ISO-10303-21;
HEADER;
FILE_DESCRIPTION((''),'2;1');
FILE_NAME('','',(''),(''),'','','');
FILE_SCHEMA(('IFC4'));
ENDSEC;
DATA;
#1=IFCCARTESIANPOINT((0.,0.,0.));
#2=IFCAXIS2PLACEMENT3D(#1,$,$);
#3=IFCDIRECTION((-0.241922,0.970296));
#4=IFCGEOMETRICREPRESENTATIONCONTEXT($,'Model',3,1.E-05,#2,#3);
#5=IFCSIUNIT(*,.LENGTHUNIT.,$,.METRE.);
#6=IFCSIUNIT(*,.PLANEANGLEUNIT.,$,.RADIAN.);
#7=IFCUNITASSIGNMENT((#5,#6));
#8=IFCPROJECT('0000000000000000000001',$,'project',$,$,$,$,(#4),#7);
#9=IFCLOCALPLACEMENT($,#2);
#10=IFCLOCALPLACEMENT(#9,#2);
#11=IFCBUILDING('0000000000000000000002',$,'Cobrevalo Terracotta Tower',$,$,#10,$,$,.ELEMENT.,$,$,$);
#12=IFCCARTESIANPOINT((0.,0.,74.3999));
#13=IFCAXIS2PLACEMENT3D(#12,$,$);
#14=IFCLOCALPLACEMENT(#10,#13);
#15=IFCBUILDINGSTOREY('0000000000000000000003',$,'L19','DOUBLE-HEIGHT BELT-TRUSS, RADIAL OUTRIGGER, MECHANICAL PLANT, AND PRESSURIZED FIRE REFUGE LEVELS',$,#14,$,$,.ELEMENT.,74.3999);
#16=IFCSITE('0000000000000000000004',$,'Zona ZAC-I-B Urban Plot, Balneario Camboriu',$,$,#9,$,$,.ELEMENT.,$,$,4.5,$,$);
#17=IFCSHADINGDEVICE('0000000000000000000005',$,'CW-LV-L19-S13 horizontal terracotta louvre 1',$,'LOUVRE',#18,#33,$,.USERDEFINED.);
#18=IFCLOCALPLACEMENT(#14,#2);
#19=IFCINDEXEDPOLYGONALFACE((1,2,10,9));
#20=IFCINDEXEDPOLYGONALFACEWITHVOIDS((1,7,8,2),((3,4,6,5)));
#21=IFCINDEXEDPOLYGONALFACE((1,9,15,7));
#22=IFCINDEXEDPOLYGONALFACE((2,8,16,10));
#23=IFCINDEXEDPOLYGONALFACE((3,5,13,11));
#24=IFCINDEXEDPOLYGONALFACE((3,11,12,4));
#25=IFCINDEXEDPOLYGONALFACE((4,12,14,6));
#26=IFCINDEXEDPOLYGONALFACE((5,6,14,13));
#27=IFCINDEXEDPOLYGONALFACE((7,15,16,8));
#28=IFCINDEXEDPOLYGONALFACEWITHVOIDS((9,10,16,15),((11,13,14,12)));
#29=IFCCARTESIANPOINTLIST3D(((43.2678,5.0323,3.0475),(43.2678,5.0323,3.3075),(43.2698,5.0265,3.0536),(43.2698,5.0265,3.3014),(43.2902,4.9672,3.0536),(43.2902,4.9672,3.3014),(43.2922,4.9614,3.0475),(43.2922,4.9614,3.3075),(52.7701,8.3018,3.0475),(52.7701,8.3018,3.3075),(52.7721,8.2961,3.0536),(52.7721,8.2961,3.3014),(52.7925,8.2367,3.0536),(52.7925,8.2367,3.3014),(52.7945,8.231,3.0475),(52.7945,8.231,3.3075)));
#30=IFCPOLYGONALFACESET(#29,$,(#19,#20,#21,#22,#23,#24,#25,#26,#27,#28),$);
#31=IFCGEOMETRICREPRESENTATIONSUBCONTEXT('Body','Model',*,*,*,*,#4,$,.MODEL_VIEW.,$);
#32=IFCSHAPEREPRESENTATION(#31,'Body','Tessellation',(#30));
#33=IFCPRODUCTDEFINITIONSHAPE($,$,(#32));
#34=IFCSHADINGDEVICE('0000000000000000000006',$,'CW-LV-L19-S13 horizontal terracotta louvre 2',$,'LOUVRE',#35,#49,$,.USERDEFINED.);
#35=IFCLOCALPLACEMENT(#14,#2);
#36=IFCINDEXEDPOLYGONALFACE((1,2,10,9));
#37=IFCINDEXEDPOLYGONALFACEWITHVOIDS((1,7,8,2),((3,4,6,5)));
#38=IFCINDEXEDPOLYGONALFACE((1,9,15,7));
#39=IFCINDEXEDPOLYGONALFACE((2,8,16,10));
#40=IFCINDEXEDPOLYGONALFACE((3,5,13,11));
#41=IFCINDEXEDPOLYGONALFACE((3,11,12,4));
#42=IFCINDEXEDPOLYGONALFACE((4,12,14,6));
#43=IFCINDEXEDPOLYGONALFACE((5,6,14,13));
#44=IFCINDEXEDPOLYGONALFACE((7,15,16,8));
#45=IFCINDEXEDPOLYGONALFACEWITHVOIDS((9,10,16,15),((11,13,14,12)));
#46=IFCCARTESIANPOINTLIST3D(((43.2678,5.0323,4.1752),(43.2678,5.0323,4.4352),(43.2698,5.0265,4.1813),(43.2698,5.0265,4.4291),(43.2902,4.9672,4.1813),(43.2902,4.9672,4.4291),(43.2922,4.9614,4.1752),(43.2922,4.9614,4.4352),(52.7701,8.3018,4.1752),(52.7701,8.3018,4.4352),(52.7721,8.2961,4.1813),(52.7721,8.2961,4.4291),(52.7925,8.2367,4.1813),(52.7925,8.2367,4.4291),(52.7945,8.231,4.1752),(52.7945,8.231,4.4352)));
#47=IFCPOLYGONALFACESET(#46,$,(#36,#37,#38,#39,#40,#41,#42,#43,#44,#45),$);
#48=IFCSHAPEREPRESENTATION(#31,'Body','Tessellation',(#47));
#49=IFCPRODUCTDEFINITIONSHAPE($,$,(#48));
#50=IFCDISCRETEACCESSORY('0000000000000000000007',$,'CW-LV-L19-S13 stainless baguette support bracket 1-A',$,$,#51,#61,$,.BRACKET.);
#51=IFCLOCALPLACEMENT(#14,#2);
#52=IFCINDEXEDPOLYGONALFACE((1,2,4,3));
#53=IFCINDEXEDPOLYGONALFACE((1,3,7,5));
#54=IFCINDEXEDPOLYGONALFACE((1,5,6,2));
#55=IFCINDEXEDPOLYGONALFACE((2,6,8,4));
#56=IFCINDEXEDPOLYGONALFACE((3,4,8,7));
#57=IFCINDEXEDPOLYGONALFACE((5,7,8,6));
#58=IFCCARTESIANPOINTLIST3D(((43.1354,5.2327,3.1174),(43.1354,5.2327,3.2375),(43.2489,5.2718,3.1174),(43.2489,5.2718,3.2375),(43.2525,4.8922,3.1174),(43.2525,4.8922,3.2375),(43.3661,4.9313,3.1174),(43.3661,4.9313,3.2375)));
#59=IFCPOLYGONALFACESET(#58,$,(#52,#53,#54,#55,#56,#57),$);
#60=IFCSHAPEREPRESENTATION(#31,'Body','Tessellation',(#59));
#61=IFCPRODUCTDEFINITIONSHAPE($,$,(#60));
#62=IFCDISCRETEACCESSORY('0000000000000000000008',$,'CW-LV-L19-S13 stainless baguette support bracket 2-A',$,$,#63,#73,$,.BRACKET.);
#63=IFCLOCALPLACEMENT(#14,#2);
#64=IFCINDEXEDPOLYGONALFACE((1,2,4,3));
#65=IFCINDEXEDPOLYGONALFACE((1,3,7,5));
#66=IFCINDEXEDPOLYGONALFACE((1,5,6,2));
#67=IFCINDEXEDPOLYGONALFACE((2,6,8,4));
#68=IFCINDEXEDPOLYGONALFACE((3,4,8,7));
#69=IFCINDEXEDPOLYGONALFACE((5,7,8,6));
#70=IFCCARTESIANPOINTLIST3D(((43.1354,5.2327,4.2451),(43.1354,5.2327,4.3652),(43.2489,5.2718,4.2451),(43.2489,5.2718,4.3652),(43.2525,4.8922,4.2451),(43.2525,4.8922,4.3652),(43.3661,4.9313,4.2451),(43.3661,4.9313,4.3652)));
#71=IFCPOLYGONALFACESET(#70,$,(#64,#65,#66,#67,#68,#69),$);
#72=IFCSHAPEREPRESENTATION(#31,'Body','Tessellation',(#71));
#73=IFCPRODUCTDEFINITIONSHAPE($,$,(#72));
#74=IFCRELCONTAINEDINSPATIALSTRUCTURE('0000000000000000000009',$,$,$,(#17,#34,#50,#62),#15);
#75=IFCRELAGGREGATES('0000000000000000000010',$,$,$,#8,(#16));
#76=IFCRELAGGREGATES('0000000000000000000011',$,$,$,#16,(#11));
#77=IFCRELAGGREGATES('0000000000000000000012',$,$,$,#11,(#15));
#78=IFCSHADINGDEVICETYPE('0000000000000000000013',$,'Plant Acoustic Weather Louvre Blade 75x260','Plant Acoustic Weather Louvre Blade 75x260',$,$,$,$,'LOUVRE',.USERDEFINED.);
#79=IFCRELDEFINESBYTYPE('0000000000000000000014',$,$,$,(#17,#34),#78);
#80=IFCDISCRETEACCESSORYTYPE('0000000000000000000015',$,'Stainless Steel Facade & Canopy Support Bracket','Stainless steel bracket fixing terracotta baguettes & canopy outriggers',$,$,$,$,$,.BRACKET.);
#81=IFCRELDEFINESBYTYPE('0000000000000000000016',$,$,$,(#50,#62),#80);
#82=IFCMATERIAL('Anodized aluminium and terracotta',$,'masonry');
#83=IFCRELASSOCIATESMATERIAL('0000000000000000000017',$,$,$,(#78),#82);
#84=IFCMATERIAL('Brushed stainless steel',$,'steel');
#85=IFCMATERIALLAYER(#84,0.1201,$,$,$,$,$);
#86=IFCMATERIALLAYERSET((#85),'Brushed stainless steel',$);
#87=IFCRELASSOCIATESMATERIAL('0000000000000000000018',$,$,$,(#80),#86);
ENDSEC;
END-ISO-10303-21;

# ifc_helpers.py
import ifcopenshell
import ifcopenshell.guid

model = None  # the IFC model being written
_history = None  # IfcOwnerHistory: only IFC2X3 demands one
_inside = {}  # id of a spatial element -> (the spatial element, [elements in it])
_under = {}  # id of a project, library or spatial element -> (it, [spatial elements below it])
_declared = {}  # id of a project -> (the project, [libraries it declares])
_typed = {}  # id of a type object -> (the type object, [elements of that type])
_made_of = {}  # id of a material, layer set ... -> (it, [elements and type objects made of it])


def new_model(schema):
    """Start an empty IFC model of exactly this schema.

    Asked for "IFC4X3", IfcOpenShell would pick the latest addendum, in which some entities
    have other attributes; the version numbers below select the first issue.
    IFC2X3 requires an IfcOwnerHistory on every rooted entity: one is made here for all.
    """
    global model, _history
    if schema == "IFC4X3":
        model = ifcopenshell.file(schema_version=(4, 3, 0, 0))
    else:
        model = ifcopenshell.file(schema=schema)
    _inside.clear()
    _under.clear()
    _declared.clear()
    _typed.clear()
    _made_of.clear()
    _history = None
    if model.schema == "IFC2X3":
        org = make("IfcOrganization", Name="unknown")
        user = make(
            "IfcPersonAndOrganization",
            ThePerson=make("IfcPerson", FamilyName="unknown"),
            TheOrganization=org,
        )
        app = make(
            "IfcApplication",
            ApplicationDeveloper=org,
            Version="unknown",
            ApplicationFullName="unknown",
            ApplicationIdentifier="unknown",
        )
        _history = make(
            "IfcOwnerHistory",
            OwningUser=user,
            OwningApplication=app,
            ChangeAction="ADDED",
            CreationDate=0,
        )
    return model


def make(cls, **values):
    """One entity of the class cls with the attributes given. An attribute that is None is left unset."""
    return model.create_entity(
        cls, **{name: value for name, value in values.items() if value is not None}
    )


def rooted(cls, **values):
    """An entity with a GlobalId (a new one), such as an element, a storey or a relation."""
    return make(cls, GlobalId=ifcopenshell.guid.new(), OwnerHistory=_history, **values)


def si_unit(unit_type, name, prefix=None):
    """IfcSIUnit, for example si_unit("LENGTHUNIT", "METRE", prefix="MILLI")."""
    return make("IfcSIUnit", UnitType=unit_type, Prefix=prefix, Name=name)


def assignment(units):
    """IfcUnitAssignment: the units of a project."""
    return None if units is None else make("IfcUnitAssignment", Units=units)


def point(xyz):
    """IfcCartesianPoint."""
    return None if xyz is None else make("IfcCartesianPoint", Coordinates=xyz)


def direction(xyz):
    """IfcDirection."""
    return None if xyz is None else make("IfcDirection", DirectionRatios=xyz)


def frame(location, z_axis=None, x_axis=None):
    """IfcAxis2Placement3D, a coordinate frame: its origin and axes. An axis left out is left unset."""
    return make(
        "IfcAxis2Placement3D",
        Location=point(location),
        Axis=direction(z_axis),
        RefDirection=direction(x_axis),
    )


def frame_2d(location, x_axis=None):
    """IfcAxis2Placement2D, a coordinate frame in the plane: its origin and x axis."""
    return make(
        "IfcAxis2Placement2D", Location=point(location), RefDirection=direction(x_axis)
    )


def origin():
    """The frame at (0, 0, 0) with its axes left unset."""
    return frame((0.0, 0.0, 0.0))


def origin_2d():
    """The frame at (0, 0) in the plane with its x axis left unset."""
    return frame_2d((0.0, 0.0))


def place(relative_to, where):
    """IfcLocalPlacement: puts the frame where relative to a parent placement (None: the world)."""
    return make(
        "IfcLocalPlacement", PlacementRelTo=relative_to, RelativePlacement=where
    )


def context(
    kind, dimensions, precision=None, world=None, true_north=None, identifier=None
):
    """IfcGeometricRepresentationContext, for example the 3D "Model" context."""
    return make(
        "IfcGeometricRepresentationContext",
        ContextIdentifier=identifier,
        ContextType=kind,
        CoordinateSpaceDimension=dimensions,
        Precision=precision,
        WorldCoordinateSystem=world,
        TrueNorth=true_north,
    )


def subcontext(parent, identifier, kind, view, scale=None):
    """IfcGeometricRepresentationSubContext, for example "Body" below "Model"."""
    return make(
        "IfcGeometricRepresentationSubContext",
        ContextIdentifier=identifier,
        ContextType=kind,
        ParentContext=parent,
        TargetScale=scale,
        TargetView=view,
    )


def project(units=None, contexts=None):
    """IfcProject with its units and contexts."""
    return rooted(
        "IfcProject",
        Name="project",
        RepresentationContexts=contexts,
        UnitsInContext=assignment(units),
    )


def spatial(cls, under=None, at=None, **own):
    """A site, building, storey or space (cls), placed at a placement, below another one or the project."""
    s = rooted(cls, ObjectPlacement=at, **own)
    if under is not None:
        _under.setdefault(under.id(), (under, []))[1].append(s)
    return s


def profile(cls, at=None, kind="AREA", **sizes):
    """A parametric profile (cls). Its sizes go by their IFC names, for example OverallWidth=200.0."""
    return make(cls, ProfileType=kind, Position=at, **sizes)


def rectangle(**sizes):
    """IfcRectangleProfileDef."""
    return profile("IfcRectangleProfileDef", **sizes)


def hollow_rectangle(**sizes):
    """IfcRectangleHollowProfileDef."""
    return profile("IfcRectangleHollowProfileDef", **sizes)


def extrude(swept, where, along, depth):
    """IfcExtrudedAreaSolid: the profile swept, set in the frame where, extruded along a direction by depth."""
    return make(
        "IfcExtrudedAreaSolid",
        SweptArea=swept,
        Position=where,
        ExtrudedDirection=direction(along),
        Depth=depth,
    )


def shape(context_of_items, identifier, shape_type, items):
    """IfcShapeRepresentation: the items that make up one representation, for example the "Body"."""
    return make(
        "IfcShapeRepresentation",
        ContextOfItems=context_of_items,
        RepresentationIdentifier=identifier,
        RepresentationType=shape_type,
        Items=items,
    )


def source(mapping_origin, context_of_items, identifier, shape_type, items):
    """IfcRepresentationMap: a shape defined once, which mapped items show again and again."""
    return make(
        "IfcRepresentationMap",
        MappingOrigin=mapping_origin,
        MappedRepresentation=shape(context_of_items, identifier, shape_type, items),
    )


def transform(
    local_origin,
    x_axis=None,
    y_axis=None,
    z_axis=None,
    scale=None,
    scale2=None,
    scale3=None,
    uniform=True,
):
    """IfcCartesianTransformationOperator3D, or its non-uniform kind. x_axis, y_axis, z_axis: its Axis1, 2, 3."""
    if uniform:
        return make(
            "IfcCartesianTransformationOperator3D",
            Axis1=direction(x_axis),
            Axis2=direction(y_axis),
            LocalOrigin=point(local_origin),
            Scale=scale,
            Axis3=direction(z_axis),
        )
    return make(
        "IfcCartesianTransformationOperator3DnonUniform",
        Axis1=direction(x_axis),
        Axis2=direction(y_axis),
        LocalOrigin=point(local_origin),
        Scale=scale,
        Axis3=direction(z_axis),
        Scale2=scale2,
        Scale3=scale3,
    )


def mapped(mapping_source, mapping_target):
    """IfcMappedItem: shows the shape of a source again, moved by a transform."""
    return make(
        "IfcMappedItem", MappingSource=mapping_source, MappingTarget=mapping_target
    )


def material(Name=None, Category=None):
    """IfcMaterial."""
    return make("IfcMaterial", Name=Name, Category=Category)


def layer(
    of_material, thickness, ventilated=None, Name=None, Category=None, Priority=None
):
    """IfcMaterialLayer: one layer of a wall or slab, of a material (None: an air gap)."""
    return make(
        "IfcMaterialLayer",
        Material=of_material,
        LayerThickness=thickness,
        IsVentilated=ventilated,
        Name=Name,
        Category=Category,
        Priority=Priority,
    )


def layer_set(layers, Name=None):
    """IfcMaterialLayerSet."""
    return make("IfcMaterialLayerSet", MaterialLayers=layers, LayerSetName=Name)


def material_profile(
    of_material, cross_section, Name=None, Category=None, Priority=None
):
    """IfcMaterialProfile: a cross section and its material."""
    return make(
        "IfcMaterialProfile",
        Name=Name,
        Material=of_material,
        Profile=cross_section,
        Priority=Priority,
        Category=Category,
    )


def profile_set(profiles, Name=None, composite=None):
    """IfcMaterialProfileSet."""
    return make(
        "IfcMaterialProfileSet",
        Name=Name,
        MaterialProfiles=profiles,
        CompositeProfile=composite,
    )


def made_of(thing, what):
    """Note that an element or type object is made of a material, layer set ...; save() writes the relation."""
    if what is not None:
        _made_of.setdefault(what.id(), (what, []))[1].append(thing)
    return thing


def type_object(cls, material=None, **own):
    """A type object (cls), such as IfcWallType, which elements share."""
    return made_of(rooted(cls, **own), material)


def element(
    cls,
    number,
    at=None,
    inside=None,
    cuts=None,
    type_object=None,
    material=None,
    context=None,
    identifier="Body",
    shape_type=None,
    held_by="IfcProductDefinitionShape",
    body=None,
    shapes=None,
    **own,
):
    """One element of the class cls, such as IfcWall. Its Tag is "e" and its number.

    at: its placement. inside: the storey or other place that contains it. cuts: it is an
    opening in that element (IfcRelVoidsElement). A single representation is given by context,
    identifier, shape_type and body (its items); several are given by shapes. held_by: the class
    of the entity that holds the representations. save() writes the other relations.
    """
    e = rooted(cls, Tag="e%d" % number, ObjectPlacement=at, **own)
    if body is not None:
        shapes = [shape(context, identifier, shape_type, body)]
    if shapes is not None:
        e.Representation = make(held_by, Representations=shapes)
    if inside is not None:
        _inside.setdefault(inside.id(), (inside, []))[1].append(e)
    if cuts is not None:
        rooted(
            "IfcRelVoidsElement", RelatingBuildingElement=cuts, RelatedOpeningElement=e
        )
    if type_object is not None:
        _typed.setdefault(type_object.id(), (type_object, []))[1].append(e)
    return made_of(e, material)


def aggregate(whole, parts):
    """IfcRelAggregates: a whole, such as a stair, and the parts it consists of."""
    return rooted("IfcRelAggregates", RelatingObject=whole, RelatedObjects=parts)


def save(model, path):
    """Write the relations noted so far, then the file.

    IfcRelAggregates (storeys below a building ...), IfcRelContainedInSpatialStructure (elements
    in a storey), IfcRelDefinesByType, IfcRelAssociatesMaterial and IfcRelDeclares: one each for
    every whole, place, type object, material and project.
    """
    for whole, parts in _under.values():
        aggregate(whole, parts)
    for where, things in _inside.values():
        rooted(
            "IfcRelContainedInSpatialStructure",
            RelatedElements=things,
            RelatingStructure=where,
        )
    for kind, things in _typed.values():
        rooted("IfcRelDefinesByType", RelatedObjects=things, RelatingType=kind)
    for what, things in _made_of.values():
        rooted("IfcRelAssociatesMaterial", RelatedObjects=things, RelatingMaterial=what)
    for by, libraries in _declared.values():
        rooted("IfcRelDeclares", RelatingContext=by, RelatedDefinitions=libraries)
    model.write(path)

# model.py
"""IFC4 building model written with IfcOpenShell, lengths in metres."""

from ifc_helpers import new_model, si_unit, direction, frame, origin, origin_2d, place, context, subcontext, project, spatial, rectangle, hollow_rectangle, extrude, source, transform, mapped, material, layer, layer_set, material_profile, profile_set, type_object, element, save


model = new_model("IFC4")

# Units and contexts
model_context = context("Model", 3, precision=1e-05, world=origin(), true_north=direction((-0.241922, 0.970296)))
body_context = subcontext(model_context, "Body", "Model", "MODEL_VIEW")
ifc_project = project(units=[si_unit("LENGTHUNIT", "METRE"), si_unit("PLANEANGLEUNIT", "RADIAN")], contexts=[model_context])

# Site, building, storey
site_placement = place(None, origin())
site = spatial("IfcSite", under=ifc_project, at=site_placement, Name="Zona ZAC-I-B Urban Plot, Balneario Camboriu", CompositionType="ELEMENT", RefElevation=4.5)
building_placement = place(site_placement, origin())
building = spatial("IfcBuilding", under=site, at=building_placement, Name="Cobrevalo Terracotta Tower", CompositionType="ELEMENT")
storey_placement = place(building_placement, frame((0.0, 0.0, 74.3999)))
storey = spatial("IfcBuildingStorey", under=building, at=storey_placement, Name="L19", Description="DOUBLE-HEIGHT BELT-TRUSS, RADIAL OUTRIGGER, MECHANICAL PLANT, AND PRESSURIZED FIRE REFUGE LEVELS", CompositionType="ELEMENT", Elevation=74.3999)

# Shading devices
ifc_material_1 = material(Name="Anodized aluminium and terracotta", Category="masonry")
ifc_material_profile_1 = material_profile(ifc_material_1, hollow_rectangle(XDim=0.075, YDim=0.26, WallThickness=0.0061, at=origin_2d()), Name="LOUVRE BLADE 75x260")
ifc_profile_set_1 = profile_set([ifc_material_profile_1], Name="Anodized aluminium and terracotta")
shading_device_type = type_object("IfcShadingDeviceType", Name="Plant Acoustic Weather Louvre Blade 75x260", Description="Plant Acoustic Weather Louvre Blade 75x260", ElementType="LOUVRE", PredefinedType="USERDEFINED", material=ifc_profile_set_1)
shared_shape_1 = source(origin(), body_context, "Body", "SweptSolid", [
    extrude(hollow_rectangle(XDim=0.075, YDim=0.26, WallThickness=0.0061, at=origin_2d()), origin(), (0.0, 0.0, 1.0), 10.0491),
])
for number, where, z_axis, x_axis, name in (
    (1, (43.28, 4.9968, 3.1775), (0.94559, 0.32536, 0.0), (-0.32536, 0.94559, 0.0), "CW-LV-L19-S13 horizontal terracotta louvre 1"),
    (2, (43.28, 4.9968, 4.3052), (0.94559, 0.32536, 0.0), (-0.32536, 0.94559, 0.0), "CW-LV-L19-S13 horizontal terracotta louvre 2"),
):
    element("IfcShadingDevice", number, at=place(storey_placement, frame(where, z_axis=z_axis, x_axis=x_axis)), inside=storey, type_object=shading_device_type, Name=name, ObjectType="LOUVRE", PredefinedType="USERDEFINED", context=body_context, shape_type="MappedRepresentation", body=[
        mapped(shared_shape_1, transform((0.0, 0.0, 0.0), scale=1.0)),
    ])

# Discrete accessories
ifc_material_2 = material(Name="Brushed stainless steel", Category="steel")
ifc_layer_1 = layer(ifc_material_2, 0.1201)
ifc_layer_set_1 = layer_set([ifc_layer_1], Name="Brushed stainless steel")
discrete_accessory_type = type_object("IfcDiscreteAccessoryType", Name="Stainless Steel Facade & Canopy Support Bracket", Description="Stainless steel bracket fixing terracotta baguettes & canopy outriggers", PredefinedType="BRACKET", material=ifc_layer_set_1)
shared_shape_2 = source(origin(), body_context, "Body", "SweptSolid", [
    extrude(rectangle(XDim=0.1201, YDim=0.3601, at=origin_2d()), origin(), (0.0, 0.0, 1.0), 0.1201),
])
for number, where, z_axis, x_axis, name in (
    (3, (43.2507, 5.082, 3.1174), (0.0, 0.0, 1.0), (0.945596, 0.325342, 0.0), "CW-LV-L19-S13 stainless baguette support bracket 1-A"),
    (4, (43.2507, 5.082, 4.2451), (0.0, 0.0, 1.0), (0.945596, 0.325342, 0.0), "CW-LV-L19-S13 stainless baguette support bracket 2-A"),
):
    element("IfcDiscreteAccessory", number, at=place(storey_placement, frame(where, z_axis=z_axis, x_axis=x_axis)), inside=storey, type_object=discrete_accessory_type, Name=name, PredefinedType="BRACKET", context=body_context, shape_type="MappedRepresentation", body=[
        mapped(shared_shape_2, transform((0.0, 0.0, 0.0), scale=1.0)),
    ])

save(model, "model.ifc")
